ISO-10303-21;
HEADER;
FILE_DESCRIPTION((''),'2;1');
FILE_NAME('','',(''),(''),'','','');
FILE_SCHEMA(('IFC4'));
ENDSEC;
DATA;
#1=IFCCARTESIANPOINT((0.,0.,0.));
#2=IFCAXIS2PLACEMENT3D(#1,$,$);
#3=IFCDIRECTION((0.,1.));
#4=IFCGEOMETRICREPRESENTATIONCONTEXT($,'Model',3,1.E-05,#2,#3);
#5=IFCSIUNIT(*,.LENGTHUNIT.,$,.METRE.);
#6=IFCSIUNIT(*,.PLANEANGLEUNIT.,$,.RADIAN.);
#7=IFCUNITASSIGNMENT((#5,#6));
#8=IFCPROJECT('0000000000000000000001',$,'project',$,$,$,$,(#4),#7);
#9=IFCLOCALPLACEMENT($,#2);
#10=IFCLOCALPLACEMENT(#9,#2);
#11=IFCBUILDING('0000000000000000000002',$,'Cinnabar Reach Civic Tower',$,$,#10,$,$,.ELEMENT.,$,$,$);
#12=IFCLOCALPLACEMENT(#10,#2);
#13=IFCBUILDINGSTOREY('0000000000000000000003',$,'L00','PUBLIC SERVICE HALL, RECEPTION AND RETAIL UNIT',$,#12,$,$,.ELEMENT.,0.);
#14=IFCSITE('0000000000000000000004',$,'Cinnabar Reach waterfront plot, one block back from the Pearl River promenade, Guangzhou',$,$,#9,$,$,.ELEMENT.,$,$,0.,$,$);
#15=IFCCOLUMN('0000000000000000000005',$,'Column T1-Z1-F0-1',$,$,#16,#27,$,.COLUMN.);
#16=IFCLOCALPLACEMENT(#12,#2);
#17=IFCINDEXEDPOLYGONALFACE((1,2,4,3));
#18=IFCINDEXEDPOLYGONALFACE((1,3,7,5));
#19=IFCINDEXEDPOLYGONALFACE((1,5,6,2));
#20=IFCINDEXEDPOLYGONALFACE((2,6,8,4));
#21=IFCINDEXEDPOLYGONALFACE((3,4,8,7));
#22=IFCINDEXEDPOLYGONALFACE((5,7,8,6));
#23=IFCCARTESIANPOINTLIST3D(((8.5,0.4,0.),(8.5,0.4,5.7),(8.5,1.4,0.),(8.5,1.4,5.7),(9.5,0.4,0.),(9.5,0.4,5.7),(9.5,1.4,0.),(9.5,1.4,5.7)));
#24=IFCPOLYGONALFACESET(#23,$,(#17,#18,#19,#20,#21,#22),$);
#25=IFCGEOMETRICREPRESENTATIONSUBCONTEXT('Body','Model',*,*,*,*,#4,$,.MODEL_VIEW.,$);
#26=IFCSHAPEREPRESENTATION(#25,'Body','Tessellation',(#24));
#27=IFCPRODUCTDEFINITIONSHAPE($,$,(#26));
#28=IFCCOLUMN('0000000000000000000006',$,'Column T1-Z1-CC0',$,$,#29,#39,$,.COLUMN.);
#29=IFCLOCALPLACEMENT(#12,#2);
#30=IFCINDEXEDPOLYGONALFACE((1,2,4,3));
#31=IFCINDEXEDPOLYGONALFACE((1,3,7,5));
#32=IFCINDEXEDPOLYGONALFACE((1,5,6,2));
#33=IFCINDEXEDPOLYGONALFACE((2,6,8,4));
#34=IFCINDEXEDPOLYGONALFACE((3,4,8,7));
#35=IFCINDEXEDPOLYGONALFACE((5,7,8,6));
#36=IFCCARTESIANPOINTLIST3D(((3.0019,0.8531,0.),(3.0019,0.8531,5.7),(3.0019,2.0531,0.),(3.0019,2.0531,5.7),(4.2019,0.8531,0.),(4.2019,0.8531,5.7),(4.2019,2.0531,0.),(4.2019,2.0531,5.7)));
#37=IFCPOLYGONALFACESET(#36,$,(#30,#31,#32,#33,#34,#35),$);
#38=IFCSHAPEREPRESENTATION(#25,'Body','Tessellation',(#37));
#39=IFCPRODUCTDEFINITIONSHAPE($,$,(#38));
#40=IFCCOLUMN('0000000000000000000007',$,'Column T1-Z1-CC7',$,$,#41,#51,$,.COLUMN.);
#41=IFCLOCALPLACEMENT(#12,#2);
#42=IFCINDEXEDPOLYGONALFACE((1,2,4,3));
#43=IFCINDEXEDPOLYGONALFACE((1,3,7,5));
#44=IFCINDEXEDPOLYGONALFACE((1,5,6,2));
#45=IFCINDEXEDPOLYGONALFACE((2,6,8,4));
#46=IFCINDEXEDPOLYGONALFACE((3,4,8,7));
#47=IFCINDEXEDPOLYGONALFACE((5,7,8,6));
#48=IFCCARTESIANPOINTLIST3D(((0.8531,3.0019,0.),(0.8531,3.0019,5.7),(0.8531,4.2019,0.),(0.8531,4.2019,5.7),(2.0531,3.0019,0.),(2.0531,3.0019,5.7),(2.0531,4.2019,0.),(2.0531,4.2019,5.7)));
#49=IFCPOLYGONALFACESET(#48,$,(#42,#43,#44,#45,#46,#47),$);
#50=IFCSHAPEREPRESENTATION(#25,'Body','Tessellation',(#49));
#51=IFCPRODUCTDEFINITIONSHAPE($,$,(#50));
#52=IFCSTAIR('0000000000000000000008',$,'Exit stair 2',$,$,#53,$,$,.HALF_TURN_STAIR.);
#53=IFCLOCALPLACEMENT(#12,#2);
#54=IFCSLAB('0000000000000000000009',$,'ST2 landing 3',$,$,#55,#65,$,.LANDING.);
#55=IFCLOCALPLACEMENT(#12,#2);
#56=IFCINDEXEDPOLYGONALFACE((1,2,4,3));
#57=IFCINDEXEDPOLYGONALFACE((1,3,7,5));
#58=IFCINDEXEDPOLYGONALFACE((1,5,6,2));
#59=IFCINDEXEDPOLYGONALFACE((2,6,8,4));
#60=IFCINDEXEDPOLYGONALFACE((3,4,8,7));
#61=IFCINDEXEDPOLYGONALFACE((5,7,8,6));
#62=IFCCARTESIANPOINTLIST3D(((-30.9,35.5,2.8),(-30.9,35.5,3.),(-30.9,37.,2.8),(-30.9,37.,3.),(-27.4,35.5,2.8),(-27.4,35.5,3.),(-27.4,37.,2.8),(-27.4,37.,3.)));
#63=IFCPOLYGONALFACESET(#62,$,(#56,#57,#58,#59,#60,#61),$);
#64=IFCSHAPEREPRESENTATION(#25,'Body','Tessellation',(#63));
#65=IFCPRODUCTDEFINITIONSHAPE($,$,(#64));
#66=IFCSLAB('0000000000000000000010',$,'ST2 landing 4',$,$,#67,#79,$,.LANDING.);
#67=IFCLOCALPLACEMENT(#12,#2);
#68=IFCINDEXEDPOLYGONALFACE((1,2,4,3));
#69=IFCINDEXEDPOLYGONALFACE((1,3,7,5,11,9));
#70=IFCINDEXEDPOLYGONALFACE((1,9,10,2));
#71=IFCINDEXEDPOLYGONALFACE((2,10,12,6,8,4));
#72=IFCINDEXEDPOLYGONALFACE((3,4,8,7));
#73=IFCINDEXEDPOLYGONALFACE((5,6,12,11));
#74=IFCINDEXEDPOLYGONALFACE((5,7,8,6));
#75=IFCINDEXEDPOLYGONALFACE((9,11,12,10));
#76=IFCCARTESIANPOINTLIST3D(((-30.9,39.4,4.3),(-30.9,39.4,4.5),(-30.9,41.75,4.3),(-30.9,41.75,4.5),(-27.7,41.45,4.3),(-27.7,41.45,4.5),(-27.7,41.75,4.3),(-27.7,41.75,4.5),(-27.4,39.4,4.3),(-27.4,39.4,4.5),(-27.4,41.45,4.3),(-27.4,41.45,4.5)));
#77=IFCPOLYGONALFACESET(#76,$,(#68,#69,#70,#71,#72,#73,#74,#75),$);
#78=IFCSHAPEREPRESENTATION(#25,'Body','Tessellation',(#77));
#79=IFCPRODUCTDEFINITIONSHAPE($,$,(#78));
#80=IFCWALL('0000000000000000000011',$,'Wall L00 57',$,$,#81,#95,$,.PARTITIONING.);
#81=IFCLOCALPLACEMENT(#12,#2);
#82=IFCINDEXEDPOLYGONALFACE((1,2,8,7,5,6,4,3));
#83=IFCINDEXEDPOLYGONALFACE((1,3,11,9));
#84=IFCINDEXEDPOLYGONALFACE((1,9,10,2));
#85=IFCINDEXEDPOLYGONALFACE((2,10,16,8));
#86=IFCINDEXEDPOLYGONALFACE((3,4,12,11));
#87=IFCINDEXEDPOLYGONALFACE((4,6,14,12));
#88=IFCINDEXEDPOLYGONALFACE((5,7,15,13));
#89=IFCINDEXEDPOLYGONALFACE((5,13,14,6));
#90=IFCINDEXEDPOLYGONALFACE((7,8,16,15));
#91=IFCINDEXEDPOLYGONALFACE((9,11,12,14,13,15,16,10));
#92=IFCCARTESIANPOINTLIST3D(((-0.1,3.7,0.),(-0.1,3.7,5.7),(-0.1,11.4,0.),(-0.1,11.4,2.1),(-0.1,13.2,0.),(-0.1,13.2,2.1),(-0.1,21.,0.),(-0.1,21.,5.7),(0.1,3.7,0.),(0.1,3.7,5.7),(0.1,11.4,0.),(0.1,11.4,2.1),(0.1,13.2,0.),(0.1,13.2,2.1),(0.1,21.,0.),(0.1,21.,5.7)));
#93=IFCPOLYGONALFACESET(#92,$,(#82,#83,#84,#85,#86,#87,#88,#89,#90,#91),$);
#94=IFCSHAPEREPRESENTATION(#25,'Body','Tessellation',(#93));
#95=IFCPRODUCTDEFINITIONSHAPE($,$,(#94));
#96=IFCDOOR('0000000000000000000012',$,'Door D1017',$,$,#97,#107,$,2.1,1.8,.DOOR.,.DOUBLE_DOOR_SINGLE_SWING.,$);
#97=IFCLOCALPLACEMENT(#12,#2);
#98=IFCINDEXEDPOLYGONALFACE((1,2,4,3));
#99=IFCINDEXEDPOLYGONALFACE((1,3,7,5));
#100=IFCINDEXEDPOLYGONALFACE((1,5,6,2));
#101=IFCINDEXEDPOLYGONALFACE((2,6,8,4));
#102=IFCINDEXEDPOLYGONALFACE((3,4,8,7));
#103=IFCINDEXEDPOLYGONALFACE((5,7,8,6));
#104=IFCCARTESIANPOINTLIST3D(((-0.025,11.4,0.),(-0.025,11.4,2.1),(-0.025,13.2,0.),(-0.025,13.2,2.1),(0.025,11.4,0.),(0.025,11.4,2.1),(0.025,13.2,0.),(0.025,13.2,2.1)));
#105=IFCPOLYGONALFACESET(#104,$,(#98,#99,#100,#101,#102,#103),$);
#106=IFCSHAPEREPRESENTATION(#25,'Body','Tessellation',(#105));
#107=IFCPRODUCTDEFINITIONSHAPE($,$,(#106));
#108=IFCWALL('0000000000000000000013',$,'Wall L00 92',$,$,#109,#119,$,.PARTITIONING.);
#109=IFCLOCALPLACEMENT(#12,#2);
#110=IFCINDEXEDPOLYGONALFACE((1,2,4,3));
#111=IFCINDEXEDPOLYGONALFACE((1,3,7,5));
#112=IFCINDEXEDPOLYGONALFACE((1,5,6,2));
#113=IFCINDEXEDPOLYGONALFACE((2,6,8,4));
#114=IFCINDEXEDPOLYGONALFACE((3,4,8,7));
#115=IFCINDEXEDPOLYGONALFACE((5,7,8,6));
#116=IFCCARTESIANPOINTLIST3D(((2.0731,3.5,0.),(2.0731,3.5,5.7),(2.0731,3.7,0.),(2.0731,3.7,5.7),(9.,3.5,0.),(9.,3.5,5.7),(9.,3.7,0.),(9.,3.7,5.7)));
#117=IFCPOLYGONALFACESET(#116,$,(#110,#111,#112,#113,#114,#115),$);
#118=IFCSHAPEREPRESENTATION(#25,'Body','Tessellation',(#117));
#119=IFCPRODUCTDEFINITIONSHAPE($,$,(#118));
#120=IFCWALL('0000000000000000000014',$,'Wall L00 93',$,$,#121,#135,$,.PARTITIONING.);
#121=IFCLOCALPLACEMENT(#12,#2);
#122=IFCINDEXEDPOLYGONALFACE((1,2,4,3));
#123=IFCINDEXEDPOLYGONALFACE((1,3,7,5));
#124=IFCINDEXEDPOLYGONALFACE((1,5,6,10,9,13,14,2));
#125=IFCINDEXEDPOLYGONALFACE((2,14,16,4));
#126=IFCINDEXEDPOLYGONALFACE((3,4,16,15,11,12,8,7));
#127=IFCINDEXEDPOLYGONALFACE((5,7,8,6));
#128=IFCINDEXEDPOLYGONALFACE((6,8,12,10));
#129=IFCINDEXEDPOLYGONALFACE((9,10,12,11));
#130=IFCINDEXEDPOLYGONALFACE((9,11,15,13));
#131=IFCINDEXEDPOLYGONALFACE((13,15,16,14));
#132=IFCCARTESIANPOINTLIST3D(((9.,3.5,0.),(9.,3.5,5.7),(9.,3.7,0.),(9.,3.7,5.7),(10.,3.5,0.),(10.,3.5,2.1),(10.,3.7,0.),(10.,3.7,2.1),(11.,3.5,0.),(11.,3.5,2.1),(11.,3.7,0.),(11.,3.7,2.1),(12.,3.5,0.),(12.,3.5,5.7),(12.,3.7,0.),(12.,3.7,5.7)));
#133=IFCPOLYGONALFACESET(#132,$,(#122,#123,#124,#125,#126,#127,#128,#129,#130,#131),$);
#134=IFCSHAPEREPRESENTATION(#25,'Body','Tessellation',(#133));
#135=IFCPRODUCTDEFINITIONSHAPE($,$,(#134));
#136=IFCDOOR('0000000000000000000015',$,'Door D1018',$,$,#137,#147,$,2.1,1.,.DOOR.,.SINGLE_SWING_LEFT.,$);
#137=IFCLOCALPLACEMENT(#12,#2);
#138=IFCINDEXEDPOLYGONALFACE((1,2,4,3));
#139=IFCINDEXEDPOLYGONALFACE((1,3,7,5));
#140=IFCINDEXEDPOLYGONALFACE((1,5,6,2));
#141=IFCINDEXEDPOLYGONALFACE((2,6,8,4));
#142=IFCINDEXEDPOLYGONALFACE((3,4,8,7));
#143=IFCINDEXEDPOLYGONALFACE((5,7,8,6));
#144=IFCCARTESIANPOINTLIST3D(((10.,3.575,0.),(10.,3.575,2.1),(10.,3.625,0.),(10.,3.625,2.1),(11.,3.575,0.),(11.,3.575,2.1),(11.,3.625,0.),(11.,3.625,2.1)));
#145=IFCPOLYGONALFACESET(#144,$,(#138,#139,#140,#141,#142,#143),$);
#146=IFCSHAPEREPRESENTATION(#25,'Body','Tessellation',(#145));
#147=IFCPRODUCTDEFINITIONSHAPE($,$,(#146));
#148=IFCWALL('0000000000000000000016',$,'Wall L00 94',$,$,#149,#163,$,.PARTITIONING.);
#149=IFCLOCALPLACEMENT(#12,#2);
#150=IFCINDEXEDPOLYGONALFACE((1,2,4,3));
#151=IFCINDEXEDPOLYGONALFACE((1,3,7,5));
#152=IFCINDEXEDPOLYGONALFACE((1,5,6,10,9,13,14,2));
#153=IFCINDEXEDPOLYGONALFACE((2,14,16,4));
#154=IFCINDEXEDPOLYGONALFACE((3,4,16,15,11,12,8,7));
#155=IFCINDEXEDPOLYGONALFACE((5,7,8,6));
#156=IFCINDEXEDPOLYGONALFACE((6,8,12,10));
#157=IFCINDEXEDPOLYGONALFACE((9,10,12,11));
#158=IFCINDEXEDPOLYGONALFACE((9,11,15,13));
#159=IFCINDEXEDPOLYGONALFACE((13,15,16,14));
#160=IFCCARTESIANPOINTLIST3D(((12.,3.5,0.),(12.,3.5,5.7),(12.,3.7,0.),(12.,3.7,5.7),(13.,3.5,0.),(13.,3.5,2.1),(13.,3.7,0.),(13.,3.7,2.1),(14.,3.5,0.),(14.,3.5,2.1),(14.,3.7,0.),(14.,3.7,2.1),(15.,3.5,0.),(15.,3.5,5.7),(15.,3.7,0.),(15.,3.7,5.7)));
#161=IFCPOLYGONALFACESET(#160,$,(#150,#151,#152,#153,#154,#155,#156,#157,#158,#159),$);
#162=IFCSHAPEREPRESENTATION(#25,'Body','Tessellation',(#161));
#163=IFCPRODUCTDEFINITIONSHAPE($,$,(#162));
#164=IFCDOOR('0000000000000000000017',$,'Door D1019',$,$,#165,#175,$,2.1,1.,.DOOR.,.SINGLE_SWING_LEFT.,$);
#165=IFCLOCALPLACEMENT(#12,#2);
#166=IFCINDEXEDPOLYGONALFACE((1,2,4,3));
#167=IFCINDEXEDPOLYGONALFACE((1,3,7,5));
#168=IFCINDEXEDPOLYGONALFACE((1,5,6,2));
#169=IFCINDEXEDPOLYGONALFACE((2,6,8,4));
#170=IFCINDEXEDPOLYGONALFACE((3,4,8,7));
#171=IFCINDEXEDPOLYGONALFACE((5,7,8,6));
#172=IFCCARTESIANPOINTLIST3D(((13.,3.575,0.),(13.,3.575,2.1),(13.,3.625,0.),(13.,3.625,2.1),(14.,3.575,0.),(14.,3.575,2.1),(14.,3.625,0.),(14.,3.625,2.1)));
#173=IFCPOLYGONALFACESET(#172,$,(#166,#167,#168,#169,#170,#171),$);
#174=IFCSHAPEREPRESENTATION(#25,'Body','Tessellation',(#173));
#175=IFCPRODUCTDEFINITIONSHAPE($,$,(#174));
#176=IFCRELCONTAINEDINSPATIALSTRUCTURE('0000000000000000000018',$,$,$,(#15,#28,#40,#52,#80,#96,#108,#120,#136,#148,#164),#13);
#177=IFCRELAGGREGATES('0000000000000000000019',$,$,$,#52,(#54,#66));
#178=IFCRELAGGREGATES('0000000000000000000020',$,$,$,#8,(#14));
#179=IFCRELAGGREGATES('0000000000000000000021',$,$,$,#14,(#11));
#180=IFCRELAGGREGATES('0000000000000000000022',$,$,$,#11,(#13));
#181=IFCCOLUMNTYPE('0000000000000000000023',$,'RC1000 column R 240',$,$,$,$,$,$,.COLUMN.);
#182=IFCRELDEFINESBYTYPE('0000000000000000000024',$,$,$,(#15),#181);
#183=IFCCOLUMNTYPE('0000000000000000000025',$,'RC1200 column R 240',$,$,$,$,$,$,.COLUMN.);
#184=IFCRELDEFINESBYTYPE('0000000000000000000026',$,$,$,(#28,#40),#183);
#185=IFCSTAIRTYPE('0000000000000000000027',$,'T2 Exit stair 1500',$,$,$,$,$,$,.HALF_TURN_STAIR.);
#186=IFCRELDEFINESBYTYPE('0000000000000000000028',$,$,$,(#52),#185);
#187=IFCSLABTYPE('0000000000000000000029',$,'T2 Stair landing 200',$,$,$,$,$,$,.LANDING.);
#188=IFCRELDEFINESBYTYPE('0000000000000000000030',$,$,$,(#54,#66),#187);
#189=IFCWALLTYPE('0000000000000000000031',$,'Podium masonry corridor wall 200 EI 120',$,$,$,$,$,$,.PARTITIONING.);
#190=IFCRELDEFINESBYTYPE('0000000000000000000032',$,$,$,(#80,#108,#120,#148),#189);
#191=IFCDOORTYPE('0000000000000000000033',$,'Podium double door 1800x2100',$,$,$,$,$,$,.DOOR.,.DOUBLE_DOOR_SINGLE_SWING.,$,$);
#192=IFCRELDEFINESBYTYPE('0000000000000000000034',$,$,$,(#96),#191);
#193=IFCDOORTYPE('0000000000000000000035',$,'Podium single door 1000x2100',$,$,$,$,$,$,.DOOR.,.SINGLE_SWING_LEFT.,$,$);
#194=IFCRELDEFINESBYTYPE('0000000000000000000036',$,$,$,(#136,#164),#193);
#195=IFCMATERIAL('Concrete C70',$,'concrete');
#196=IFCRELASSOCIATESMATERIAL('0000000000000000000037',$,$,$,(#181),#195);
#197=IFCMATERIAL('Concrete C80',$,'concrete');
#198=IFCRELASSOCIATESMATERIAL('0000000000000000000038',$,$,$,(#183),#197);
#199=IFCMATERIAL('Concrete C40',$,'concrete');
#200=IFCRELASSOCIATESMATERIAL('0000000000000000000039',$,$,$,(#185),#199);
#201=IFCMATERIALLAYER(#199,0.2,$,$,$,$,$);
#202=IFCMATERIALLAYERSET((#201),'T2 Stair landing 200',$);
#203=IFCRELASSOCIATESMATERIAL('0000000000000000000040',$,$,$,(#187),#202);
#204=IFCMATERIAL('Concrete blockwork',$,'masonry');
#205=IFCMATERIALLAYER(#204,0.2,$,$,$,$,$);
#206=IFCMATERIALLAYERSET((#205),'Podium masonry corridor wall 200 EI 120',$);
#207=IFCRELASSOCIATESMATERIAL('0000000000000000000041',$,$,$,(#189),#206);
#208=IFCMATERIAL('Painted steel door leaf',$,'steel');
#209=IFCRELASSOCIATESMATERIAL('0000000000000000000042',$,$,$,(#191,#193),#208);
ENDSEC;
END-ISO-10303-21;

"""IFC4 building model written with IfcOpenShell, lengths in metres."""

from ifc_helpers import new_model, si_unit, direction, frame, frame_2d, origin, origin_2d, place, context, subcontext, project, spatial, polyline, rectangle, outline, extrude, material, layer, layer_set, material_profile, profile_set, type_object, element, fill, aggregate, save


model = new_model("IFC4")

# Units and contexts
model_context = context("Model", 3, precision=1e-05, world=origin(), true_north=direction((0.0, 1.0)))
body_context = subcontext(model_context, "Body", "Model", "MODEL_VIEW")
ifc_project = project(units=[si_unit("LENGTHUNIT", "METRE"), si_unit("PLANEANGLEUNIT", "RADIAN")], contexts=[model_context])

# Site, building, storey
site_placement = place(None, origin())
site = spatial("IfcSite", under=ifc_project, at=site_placement, Name="Cinnabar Reach waterfront plot, one block back from the Pearl River promenade, Guangzhou", CompositionType="ELEMENT", RefElevation=0.0)
building_placement = place(site_placement, origin())
building = spatial("IfcBuilding", under=site, at=building_placement, Name="Cinnabar Reach Civic Tower", CompositionType="ELEMENT")
storey_placement = place(building_placement, origin())
storey = spatial("IfcBuildingStorey", under=building, at=storey_placement, Name="L00", Description="PUBLIC SERVICE HALL, RECEPTION AND RETAIL UNIT", CompositionType="ELEMENT", Elevation=0.0)

# Columns
ifc_material_1 = material(Name="Concrete C70", Category="concrete")
ifc_material_profile_1 = material_profile(ifc_material_1, rectangle(XDim=1.0, YDim=1.0, at=origin_2d()), Name="RC1000")
ifc_profile_set_1 = profile_set([ifc_material_profile_1], Name="Concrete C70")
column_type_1 = type_object("IfcColumnType", Name="RC1000 column R 240", PredefinedType="COLUMN", material=ifc_profile_set_1)
column_placement = place(storey_placement, frame((9.0, 0.9, 0.0), z_axis=(0.0, 0.0, 1.0), x_axis=(1.0, 0.0, 0.0)))
element("IfcColumn", 1, at=column_placement, inside=storey, type_object=column_type_1, Name="Column T1-Z1-F0-1", PredefinedType="COLUMN", context=body_context, shape_type="SweptSolid", body=[
    extrude(rectangle(XDim=1.0, YDim=1.0, at=origin_2d()), origin(), (0.0, 0.0, 1.0), 5.7),
])
ifc_material_2 = material(Name="Concrete C80", Category="concrete")
ifc_material_profile_2 = material_profile(ifc_material_2, rectangle(XDim=1.2, YDim=1.2, at=origin_2d()), Name="RC1200")
ifc_profile_set_2 = profile_set([ifc_material_profile_2], Name="Concrete C80")
column_type_2 = type_object("IfcColumnType", Name="RC1200 column R 240", PredefinedType="COLUMN", material=ifc_profile_set_2)
for number, where, z_axis, x_axis, name in (
    (2, (3.6019, 1.4531, 0.0), (0.0, 0.0, 1.0), (1.0, 0.0, 0.0), "Column T1-Z1-CC0"),
    (3, (1.4531, 3.6019, 0.0), (0.0, 0.0, 1.0), (1.0, 0.0, 0.0), "Column T1-Z1-CC7"),
):
    element("IfcColumn", number, at=place(storey_placement, frame(where, z_axis=z_axis, x_axis=x_axis)), inside=storey, type_object=column_type_2, Name=name, PredefinedType="COLUMN", context=body_context, shape_type="SweptSolid", body=[
        extrude(rectangle(XDim=1.2, YDim=1.2, at=origin_2d()), origin(), (0.0, 0.0, 1.0), 5.7),
    ])

# Stair, slabs
ifc_material_3 = material(Name="Concrete C40", Category="concrete")
stair_type = type_object("IfcStairType", Name="T2 Exit stair 1500", PredefinedType="HALF_TURN_STAIR", material=ifc_material_3)
stair_placement = place(storey_placement, origin())
stair = element("IfcStair", 4, at=stair_placement, inside=storey, type_object=stair_type, Name="Exit stair 2", PredefinedType="HALF_TURN_STAIR")
ifc_layer_1 = layer(ifc_material_3, 0.2)
ifc_layer_set_1 = layer_set([ifc_layer_1], Name="T2 Stair landing 200")
slab_type = type_object("IfcSlabType", Name="T2 Stair landing 200", PredefinedType="LANDING", material=ifc_layer_set_1)
slab_1_placement = place(storey_placement, frame((0.0, 0.0, 2.8)))
slab_1 = element("IfcSlab", 5, at=slab_1_placement, type_object=slab_type, Name="ST2 landing 3", PredefinedType="LANDING", context=body_context, shape_type="SweptSolid", body=[
    extrude(outline(polyline([(-30.9, 35.5), (-30.9, 37.0), (-27.4, 37.0), (-27.4, 35.5), (-30.9, 35.5)])), origin(), (0.0, 0.0, 1.0), 0.2),
])
slab_2_placement = place(storey_placement, frame((0.0, 0.0, 4.3)))
slab_2 = element("IfcSlab", 6, at=slab_2_placement, type_object=slab_type, Name="ST2 landing 4", PredefinedType="LANDING", context=body_context, shape_type="SweptSolid", body=[
    extrude(outline(polyline([(-27.4, 39.4), (-30.9, 39.4), (-30.9, 41.75), (-27.7, 41.75), (-27.7, 41.45), (-27.4, 41.45), (-27.4, 39.4)])), origin(), (0.0, 0.0, 1.0), 0.2),
])
aggregate(stair, [slab_1, slab_2])

# Wall, opening, door
ifc_material_4 = material(Name="Concrete blockwork", Category="masonry")
ifc_layer_2 = layer(ifc_material_4, 0.2)
ifc_layer_set_2 = layer_set([ifc_layer_2], Name="Podium masonry corridor wall 200 EI 120")
wall_type_1 = type_object("IfcWallType", Name="Podium masonry corridor wall 200 EI 120", PredefinedType="PARTITIONING", material=ifc_layer_set_2)
wall_1_placement = place(storey_placement, frame((0.0, 3.7, 0.0), z_axis=(0.0, 0.0, 1.0), x_axis=(0.0, 1.0, 0.0)))
wall_1 = element("IfcWall", 7, at=wall_1_placement, inside=storey, type_object=wall_type_1, Name="Wall L00 57", PredefinedType="PARTITIONING", context=body_context, shape_type="SweptSolid", body=[
    extrude(rectangle(XDim=17.3, YDim=0.2, at=frame_2d((8.65, 0.0))), origin(), (0.0, 0.0, 1.0), 5.7),
])
opening_1_placement = place(wall_1_placement, frame((7.7, 0.0, 0.0)))
opening_1 = element("IfcOpeningElement", 8, at=opening_1_placement, cuts=wall_1, PredefinedType="OPENING", context=body_context, shape_type="SweptSolid", body=[
    extrude(rectangle(XDim=1.8, YDim=2.1, at=frame_2d((0.9, 1.05))), frame((0.0, 0.11, 0.0), z_axis=(0.0, -1.0, 0.0), x_axis=(1.0, 0.0, 0.0)), (0.0, 0.0, 1.0), 0.22),
])
ifc_material_5 = material(Name="Painted steel door leaf", Category="steel")
door_type_1 = type_object("IfcDoorType", Name="Podium double door 1800x2100", OperationType="DOUBLE_DOOR_SINGLE_SWING", PredefinedType="DOOR", material=ifc_material_5)
door_1_placement = place(opening_1_placement, frame((1.8, 0.0, 0.0), z_axis=(0.0, 0.0, 1.0), x_axis=(-1.0, 0.0, 0.0)))
door_1 = element("IfcDoor", 9, at=door_1_placement, inside=storey, type_object=door_type_1, Name="Door D1017", OperationType="DOUBLE_DOOR_SINGLE_SWING", OverallHeight=2.1, OverallWidth=1.8, PredefinedType="DOOR", context=body_context, shape_type="SweptSolid", body=[
    extrude(rectangle(XDim=1.8, YDim=2.1, at=frame_2d((0.9, 1.05))), frame((0.0, 0.025, 0.0), z_axis=(0.0, -1.0, 0.0), x_axis=(1.0, 0.0, 0.0)), (0.0, 0.0, 1.0), 0.05),
])
fill(opening_1, door_1)

# Wall
wall_2_placement = place(storey_placement, frame((2.0731, 3.6, 0.0), z_axis=(0.0, 0.0, 1.0), x_axis=(1.0, 0.0, 0.0)))
element("IfcWall", 10, at=wall_2_placement, inside=storey, type_object=wall_type_1, Name="Wall L00 92", PredefinedType="PARTITIONING", context=body_context, shape_type="SweptSolid", body=[
    extrude(rectangle(XDim=6.9269, YDim=0.2, at=frame_2d((3.4634, 0.0))), origin(), (0.0, 0.0, 1.0), 5.7),
])

# Walls, openings, doors
wall_3_placement = place(storey_placement, frame((9.0, 3.6, 0.0), z_axis=(0.0, 0.0, 1.0), x_axis=(1.0, 0.0, 0.0)))
wall_3 = element("IfcWall", 11, at=wall_3_placement, inside=storey, type_object=wall_type_1, Name="Wall L00 93", PredefinedType="PARTITIONING", context=body_context, shape_type="SweptSolid", body=[
    extrude(rectangle(XDim=3.0, YDim=0.2, at=frame_2d((1.5, 0.0))), origin(), (0.0, 0.0, 1.0), 5.7),
])
opening_2_placement = place(wall_3_placement, frame((1.0, 0.0, 0.0)))
opening_2 = element("IfcOpeningElement", 12, at=opening_2_placement, cuts=wall_3, PredefinedType="OPENING", context=body_context, shape_type="SweptSolid", body=[
    extrude(rectangle(XDim=1.0, YDim=2.1, at=frame_2d((0.5, 1.05))), frame((0.0, 0.11, 0.0), z_axis=(0.0, -1.0, 0.0), x_axis=(1.0, 0.0, 0.0)), (0.0, 0.0, 1.0), 0.22),
])
door_type_2 = type_object("IfcDoorType", Name="Podium single door 1000x2100", OperationType="SINGLE_SWING_LEFT", PredefinedType="DOOR", material=ifc_material_5)
door_2_placement = place(opening_2_placement, origin())
door_2 = element("IfcDoor", 13, at=door_2_placement, inside=storey, type_object=door_type_2, Name="Door D1018", OperationType="SINGLE_SWING_LEFT", OverallHeight=2.1, OverallWidth=1.0, PredefinedType="DOOR", context=body_context, shape_type="SweptSolid", body=[
    extrude(rectangle(XDim=1.0, YDim=2.1, at=frame_2d((0.5, 1.05))), frame((0.0, 0.025, 0.0), z_axis=(0.0, -1.0, 0.0), x_axis=(1.0, 0.0, 0.0)), (0.0, 0.0, 1.0), 0.05),
])
fill(opening_2, door_2)
wall_4_placement = place(storey_placement, frame((12.0, 3.6, 0.0), z_axis=(0.0, 0.0, 1.0), x_axis=(1.0, 0.0, 0.0)))
wall_4 = element("IfcWall", 14, at=wall_4_placement, inside=storey, type_object=wall_type_1, Name="Wall L00 94", PredefinedType="PARTITIONING", context=body_context, shape_type="SweptSolid", body=[
    extrude(rectangle(XDim=3.0, YDim=0.2, at=frame_2d((1.5, 0.0))), origin(), (0.0, 0.0, 1.0), 5.7),
])
opening_3_placement = place(wall_4_placement, frame((1.0, 0.0, 0.0)))
opening_3 = element("IfcOpeningElement", 15, at=opening_3_placement, cuts=wall_4, PredefinedType="OPENING", context=body_context, shape_type="SweptSolid", body=[
    extrude(rectangle(XDim=1.0, YDim=2.1, at=frame_2d((0.5, 1.05))), frame((0.0, 0.11, 0.0), z_axis=(0.0, -1.0, 0.0), x_axis=(1.0, 0.0, 0.0)), (0.0, 0.0, 1.0), 0.22),
])
door_3_placement = place(opening_3_placement, origin())
door_3 = element("IfcDoor", 16, at=door_3_placement, inside=storey, type_object=door_type_2, Name="Door D1019", OperationType="SINGLE_SWING_LEFT", OverallHeight=2.1, OverallWidth=1.0, PredefinedType="DOOR", context=body_context, shape_type="SweptSolid", body=[
    extrude(rectangle(XDim=1.0, YDim=2.1, at=frame_2d((0.5, 1.05))), frame((0.0, 0.025, 0.0), z_axis=(0.0, -1.0, 0.0), x_axis=(1.0, 0.0, 0.0)), (0.0, 0.0, 1.0), 0.05),
])
fill(opening_3, door_3)

save(model, "model.ifc")
